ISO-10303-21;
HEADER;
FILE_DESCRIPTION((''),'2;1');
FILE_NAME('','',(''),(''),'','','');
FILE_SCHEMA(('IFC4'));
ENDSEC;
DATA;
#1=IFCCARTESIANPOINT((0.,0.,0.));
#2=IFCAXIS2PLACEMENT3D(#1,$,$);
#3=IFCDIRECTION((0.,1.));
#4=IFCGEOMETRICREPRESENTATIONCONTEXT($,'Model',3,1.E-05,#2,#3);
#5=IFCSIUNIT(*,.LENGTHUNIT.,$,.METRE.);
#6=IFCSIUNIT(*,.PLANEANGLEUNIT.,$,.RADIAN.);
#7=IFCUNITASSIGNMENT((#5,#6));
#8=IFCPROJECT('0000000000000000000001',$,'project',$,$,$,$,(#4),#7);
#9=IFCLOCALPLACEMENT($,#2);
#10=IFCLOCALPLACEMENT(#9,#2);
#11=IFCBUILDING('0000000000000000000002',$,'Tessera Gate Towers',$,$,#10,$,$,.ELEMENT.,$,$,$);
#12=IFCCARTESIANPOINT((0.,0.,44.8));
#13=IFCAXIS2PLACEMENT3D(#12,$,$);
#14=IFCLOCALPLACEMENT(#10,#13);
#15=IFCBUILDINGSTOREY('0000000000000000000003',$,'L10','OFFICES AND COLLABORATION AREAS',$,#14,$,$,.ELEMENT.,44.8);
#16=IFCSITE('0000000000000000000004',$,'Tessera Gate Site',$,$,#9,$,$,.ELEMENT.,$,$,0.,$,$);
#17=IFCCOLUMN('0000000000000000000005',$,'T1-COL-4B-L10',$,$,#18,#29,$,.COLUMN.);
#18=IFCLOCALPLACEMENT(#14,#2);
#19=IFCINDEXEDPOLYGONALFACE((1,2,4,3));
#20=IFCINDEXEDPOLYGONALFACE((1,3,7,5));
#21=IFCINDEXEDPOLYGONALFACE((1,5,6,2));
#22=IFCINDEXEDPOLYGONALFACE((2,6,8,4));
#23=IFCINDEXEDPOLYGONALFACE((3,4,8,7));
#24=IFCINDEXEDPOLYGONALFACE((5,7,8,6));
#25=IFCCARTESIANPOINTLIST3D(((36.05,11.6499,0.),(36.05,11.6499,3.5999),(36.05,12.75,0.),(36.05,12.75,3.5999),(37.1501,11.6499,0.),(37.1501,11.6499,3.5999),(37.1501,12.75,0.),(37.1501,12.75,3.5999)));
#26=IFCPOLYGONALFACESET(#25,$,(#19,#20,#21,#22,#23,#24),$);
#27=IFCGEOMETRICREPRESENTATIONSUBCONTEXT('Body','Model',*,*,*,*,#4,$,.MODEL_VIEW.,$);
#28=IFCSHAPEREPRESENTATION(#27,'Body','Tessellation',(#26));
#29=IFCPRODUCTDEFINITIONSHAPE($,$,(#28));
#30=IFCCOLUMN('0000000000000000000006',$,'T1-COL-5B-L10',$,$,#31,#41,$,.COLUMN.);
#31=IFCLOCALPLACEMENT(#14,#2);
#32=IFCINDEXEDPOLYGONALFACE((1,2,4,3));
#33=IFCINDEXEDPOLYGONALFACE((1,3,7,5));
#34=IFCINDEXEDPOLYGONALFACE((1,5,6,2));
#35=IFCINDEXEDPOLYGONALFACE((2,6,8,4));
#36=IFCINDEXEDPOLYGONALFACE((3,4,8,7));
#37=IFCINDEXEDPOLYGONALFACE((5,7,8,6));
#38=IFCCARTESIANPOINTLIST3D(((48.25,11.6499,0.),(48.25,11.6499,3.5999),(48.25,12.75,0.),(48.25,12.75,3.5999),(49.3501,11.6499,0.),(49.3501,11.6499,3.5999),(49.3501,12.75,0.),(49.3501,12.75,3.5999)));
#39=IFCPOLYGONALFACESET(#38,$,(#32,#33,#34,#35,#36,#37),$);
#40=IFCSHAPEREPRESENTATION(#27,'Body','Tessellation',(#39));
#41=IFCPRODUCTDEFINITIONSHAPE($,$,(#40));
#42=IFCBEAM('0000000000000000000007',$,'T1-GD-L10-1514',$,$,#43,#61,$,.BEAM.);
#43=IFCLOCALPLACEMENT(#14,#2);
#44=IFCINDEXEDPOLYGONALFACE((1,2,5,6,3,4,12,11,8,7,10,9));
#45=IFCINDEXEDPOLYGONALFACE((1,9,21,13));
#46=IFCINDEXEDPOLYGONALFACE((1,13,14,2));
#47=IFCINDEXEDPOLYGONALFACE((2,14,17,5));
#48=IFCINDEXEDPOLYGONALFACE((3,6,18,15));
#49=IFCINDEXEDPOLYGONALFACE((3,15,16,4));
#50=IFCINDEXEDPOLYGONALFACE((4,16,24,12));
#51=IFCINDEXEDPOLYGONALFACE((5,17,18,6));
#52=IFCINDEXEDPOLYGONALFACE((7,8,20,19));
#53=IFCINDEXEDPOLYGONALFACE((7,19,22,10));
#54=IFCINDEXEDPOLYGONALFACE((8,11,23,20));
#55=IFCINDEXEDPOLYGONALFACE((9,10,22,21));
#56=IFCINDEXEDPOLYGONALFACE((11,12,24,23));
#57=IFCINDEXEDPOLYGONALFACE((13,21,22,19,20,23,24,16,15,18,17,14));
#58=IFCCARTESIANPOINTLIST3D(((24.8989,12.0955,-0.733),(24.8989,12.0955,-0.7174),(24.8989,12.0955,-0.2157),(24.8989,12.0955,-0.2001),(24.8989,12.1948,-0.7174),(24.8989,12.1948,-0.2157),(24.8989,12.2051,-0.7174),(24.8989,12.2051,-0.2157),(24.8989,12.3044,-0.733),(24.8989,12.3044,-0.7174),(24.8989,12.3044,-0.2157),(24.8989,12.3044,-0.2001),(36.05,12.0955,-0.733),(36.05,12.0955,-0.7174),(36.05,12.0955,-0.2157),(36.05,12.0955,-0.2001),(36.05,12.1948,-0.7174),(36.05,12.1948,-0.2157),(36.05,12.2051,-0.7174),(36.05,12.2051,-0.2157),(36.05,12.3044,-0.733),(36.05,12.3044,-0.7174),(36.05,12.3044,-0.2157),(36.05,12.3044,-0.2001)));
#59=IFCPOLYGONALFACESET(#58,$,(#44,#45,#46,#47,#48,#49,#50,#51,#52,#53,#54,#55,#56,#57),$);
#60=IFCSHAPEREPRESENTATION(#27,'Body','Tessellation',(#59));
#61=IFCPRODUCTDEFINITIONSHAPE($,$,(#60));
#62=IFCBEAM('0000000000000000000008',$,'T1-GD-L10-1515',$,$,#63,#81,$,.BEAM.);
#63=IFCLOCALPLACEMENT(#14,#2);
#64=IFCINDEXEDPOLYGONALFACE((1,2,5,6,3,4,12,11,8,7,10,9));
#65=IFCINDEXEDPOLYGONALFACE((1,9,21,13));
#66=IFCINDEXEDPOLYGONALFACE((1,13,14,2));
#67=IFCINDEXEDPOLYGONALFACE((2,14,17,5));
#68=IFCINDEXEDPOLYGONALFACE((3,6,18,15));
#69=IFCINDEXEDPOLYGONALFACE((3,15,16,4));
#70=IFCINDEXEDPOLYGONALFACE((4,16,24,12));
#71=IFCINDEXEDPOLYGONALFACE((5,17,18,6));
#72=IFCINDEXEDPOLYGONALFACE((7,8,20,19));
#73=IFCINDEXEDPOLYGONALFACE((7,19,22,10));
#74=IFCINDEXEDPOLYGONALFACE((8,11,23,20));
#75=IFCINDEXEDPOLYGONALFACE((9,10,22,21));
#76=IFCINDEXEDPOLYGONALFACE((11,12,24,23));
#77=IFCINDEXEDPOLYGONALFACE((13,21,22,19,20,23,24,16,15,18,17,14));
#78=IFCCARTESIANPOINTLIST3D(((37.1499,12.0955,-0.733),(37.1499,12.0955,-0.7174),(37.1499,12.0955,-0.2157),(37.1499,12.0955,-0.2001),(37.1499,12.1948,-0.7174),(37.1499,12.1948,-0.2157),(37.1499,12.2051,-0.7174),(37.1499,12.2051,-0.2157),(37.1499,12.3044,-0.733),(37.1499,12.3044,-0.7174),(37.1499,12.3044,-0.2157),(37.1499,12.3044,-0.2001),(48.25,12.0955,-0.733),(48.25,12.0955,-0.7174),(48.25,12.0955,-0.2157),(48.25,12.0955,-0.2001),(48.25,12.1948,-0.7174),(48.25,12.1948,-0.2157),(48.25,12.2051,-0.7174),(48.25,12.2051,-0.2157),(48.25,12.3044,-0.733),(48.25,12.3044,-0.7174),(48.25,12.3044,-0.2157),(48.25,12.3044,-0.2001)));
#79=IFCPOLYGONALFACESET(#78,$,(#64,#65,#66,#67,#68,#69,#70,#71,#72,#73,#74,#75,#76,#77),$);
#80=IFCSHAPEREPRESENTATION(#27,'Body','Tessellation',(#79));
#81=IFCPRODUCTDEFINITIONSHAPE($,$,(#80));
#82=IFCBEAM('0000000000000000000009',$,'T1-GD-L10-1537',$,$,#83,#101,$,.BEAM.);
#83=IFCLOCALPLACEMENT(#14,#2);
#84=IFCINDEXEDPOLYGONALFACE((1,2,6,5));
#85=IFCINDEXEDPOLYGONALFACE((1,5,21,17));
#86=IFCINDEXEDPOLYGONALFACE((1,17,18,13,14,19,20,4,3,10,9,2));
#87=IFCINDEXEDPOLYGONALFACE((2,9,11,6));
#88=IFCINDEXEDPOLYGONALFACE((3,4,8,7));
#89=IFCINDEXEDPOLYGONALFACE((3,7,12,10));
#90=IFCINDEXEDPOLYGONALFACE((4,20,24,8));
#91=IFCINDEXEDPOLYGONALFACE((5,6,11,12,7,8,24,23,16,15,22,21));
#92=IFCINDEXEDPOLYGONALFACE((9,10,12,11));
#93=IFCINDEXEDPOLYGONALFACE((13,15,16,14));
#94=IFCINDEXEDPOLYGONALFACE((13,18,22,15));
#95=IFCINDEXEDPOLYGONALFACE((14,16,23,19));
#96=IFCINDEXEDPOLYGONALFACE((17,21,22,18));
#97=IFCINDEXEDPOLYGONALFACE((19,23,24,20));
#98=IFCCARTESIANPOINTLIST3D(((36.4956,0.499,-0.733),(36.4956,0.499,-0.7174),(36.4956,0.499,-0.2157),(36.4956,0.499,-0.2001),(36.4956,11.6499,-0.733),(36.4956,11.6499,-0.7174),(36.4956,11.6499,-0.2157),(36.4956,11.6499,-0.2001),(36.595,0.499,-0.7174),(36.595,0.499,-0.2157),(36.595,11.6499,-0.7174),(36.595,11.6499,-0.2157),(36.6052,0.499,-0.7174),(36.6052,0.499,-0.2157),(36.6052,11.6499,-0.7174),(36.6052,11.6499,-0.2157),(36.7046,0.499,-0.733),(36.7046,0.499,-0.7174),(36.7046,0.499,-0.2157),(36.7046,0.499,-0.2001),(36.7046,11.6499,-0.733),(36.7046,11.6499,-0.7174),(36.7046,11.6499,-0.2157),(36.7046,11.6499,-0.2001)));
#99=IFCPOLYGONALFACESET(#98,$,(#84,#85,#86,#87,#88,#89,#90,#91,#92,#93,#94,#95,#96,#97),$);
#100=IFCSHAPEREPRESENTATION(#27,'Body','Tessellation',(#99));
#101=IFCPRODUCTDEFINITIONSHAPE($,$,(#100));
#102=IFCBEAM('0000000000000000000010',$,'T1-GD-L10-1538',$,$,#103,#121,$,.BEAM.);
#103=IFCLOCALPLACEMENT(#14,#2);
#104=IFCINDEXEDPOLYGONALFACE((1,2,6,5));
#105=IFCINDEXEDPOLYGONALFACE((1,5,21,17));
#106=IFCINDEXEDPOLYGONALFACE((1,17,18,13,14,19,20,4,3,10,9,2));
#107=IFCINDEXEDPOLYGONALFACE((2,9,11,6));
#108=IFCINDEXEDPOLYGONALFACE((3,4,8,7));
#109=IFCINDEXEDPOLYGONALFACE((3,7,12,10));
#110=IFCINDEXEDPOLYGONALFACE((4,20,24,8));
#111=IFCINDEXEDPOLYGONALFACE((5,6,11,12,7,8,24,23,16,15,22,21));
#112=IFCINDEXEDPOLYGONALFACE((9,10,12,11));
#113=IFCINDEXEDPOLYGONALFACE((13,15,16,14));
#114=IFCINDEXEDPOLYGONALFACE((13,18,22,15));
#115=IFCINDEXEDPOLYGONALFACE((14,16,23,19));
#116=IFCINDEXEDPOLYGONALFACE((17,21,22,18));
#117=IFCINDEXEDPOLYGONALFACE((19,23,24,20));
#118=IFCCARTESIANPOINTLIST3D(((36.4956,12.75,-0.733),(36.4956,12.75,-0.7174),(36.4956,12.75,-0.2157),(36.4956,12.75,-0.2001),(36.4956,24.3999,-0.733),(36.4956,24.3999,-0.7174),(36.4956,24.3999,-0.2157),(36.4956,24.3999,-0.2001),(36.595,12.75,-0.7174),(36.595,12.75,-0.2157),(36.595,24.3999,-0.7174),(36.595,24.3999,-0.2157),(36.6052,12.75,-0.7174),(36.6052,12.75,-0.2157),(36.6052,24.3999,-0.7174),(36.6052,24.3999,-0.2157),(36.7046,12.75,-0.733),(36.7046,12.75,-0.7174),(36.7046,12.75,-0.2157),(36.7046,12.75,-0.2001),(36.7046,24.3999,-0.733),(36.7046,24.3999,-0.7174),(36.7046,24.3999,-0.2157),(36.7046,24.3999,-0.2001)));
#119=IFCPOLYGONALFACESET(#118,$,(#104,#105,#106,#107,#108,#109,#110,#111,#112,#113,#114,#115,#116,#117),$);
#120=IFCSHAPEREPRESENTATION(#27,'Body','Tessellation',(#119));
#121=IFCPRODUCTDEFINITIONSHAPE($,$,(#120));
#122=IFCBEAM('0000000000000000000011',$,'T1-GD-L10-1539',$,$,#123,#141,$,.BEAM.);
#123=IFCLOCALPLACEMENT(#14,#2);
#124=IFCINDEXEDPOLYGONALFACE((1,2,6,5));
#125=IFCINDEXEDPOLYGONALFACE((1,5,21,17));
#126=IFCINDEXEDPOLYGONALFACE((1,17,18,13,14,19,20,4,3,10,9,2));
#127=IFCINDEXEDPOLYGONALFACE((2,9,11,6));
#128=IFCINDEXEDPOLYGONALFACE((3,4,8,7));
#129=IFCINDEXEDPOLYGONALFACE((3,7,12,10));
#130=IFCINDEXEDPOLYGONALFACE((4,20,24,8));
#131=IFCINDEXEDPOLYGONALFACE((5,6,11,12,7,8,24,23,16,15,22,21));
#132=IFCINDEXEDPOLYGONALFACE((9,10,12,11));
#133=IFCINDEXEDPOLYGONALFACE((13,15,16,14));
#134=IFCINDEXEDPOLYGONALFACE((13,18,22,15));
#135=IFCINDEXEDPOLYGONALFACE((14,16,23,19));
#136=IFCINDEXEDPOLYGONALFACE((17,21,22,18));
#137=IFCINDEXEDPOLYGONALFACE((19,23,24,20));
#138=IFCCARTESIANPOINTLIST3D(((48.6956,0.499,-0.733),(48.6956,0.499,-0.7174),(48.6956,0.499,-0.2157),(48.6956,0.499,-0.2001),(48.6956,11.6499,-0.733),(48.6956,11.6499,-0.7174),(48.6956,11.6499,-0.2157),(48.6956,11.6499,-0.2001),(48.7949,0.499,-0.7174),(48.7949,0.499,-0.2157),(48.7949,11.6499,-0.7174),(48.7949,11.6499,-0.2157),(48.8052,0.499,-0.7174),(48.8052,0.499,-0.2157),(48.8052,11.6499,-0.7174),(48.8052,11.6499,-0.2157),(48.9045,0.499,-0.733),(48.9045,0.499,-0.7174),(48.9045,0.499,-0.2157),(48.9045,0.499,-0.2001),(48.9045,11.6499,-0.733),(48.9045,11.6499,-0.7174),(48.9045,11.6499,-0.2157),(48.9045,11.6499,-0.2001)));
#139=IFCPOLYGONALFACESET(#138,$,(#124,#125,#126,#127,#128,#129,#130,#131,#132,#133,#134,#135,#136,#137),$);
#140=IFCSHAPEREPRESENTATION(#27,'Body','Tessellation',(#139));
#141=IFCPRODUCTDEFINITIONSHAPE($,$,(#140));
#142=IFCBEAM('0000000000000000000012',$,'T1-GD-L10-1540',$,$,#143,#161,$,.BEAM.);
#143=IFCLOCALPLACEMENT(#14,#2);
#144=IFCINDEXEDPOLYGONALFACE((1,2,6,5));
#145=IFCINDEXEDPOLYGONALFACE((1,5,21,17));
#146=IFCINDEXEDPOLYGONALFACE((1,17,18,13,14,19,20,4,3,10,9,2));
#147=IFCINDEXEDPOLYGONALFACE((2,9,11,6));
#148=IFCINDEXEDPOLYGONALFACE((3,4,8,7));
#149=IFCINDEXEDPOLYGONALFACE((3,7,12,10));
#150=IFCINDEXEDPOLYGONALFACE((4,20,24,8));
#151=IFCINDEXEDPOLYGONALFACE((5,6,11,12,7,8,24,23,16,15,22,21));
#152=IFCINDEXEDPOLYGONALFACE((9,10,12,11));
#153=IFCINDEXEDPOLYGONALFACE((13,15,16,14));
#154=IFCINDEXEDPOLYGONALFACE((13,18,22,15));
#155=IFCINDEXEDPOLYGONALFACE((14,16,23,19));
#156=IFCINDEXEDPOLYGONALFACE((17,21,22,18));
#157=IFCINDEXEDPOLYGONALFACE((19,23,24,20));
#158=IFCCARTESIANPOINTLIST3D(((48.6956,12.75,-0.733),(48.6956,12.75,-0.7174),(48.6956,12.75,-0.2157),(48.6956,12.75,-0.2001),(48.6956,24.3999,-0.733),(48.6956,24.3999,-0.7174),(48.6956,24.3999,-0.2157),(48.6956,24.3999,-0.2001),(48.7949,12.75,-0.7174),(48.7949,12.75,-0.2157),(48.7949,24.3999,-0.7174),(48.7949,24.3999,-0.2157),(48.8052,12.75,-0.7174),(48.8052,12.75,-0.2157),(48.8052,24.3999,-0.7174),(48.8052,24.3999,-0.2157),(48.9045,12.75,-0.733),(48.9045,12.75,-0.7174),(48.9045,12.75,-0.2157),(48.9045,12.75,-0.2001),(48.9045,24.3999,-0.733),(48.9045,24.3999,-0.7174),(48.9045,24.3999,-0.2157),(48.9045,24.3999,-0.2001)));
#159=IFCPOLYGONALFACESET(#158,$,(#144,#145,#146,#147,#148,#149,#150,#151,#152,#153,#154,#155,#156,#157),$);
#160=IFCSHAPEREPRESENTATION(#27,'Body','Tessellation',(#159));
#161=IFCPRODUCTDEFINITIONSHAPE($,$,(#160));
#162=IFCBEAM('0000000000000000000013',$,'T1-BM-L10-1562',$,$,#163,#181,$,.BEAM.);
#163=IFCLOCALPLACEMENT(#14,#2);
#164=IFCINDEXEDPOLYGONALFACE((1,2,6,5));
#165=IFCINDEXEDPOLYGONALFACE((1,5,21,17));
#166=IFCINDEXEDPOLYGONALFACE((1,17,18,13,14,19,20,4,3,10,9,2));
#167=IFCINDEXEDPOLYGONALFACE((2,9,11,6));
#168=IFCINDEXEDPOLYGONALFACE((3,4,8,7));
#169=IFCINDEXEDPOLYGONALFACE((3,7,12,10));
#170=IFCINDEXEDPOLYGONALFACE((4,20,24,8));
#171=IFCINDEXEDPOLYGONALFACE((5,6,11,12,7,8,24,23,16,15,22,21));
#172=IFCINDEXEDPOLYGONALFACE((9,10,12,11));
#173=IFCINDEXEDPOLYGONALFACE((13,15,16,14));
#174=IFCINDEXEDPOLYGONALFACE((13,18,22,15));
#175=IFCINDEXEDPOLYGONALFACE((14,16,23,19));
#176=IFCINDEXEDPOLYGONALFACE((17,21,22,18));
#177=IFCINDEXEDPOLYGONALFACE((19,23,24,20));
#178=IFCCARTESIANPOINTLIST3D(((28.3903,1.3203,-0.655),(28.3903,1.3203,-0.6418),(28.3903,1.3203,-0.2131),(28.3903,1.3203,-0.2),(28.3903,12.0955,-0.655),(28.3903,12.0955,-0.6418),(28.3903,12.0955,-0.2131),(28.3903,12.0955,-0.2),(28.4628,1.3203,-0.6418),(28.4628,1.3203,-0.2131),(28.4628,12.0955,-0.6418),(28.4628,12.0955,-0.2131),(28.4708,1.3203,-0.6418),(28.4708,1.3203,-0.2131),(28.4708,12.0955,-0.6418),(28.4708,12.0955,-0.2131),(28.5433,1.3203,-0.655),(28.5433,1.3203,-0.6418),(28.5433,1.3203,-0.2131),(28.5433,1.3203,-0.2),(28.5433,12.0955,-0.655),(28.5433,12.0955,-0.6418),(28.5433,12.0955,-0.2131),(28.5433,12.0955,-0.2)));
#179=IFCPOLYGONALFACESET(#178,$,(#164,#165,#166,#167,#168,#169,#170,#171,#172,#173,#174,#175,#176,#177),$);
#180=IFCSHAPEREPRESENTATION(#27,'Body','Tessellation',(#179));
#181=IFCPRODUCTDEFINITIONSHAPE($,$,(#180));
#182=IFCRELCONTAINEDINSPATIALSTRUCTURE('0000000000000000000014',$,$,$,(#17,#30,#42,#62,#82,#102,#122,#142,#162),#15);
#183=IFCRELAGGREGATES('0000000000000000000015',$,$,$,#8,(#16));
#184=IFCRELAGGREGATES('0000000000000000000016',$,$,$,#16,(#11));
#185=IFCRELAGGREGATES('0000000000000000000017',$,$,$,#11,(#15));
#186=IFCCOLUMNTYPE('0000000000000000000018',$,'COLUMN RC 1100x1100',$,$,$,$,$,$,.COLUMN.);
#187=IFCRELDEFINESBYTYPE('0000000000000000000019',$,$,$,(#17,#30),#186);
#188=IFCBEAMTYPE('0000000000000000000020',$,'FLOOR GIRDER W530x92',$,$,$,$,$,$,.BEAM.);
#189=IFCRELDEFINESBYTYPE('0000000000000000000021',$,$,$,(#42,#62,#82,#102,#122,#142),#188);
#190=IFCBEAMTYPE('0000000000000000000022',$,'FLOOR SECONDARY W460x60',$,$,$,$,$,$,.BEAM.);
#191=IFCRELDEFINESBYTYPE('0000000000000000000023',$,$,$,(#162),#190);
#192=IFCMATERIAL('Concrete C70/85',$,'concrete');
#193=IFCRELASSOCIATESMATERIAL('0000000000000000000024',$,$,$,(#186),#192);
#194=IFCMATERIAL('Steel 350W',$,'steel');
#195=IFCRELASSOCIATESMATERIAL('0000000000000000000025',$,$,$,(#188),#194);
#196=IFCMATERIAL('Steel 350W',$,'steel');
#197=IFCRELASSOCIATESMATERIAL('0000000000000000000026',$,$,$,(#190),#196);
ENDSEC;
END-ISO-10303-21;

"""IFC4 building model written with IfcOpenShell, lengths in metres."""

from ifc_helpers import new_model, si_unit, direction, frame, origin, origin_2d, place, context, subcontext, project, spatial, rectangle, i_section, extrude, material, material_profile, profile_set, type_object, element, save


model = new_model("IFC4")

# Units and contexts
model_context = context("Model", 3, precision=1e-05, world=origin(), true_north=direction((0.0, 1.0)))
body_context = subcontext(model_context, "Body", "Model", "MODEL_VIEW")
ifc_project = project(units=[si_unit("LENGTHUNIT", "METRE"), si_unit("PLANEANGLEUNIT", "RADIAN")], contexts=[model_context])

# Site, building, storey
site_placement = place(None, origin())
site = spatial("IfcSite", under=ifc_project, at=site_placement, Name="Tessera Gate Site", CompositionType="ELEMENT", RefElevation=0.0)
building_placement = place(site_placement, origin())
building = spatial("IfcBuilding", under=site, at=building_placement, Name="Tessera Gate Towers", CompositionType="ELEMENT")
storey_placement = place(building_placement, frame((0.0, 0.0, 44.8)))
storey = spatial("IfcBuildingStorey", under=building, at=storey_placement, Name="L10", Description="OFFICES AND COLLABORATION AREAS", CompositionType="ELEMENT", Elevation=44.8)

# Columns
ifc_material_1 = material(Name="Concrete C70/85", Category="concrete")
ifc_material_profile_1 = material_profile(ifc_material_1, rectangle(XDim=1.1001, YDim=1.1001, at=origin_2d()), Name="RC 1100x1100")
ifc_profile_set_1 = profile_set([ifc_material_profile_1], Name="Concrete C70/85")
column_type = type_object("IfcColumnType", Name="COLUMN RC 1100x1100", PredefinedType="COLUMN", material=ifc_profile_set_1)
for number, where, z_axis, x_axis, name in (
    (1, (36.6001, 12.2, 0.0), (0.0, 0.0, 1.0), (1.0, 0.0, 0.0), "T1-COL-4B-L10"),
    (2, (48.8, 12.2, 0.0), (0.0, 0.0, 1.0), (1.0, 0.0, 0.0), "T1-COL-5B-L10"),
):
    element("IfcColumn", number, at=place(storey_placement, frame(where, z_axis=z_axis, x_axis=x_axis)), inside=storey, type_object=column_type, Name=name, PredefinedType="COLUMN", context=body_context, shape_type="SweptSolid", body=[
        extrude(rectangle(XDim=1.1001, YDim=1.1001, at=origin_2d()), origin(), (0.0, 0.0, 1.0), 3.5999),
    ])

# Beams
ifc_material_2 = material(Name="Steel 350W", Category="steel")
ifc_material_profile_2 = material_profile(ifc_material_2, i_section(OverallWidth=0.209, OverallDepth=0.533, WebThickness=0.0103, FlangeThickness=0.0156, at=origin_2d()), Name="W530x92")
ifc_profile_set_2 = profile_set([ifc_material_profile_2], Name="Steel 350W")
beam_type_1 = type_object("IfcBeamType", Name="FLOOR GIRDER W530x92", PredefinedType="BEAM", material=ifc_profile_set_2)
beam_1_placement = place(storey_placement, frame((24.8989, 12.2, -0.4666), z_axis=(1.0, 0.0, 0.0), x_axis=(0.0, 1.0, 0.0)))
element("IfcBeam", 3, at=beam_1_placement, inside=storey, type_object=beam_type_1, Name="T1-GD-L10-1514", PredefinedType="BEAM", context=body_context, shape_type="SweptSolid", body=[
    extrude(i_section(OverallWidth=0.209, OverallDepth=0.533, WebThickness=0.0103, FlangeThickness=0.0156, at=origin_2d()), origin(), (0.0, 0.0, 1.0), 11.1511),
])
beam_2_placement = place(storey_placement, frame((37.1499, 12.2, -0.4666), z_axis=(1.0, 0.0, 0.0), x_axis=(0.0, 1.0, 0.0)))
element("IfcBeam", 4, at=beam_2_placement, inside=storey, type_object=beam_type_1, Name="T1-GD-L10-1515", PredefinedType="BEAM", context=body_context, shape_type="SweptSolid", body=[
    extrude(i_section(OverallWidth=0.209, OverallDepth=0.533, WebThickness=0.0103, FlangeThickness=0.0156, at=origin_2d()), origin(), (0.0, 0.0, 1.0), 11.1001),
])
beam_3_placement = place(storey_placement, frame((36.6001, 0.499, -0.4666), z_axis=(0.0, 1.0, 0.0), x_axis=(-1.0, 0.0, 0.0)))
element("IfcBeam", 5, at=beam_3_placement, inside=storey, type_object=beam_type_1, Name="T1-GD-L10-1537", PredefinedType="BEAM", context=body_context, shape_type="SweptSolid", body=[
    extrude(i_section(OverallWidth=0.209, OverallDepth=0.533, WebThickness=0.0103, FlangeThickness=0.0156, at=origin_2d()), origin(), (0.0, 0.0, 1.0), 11.1509),
])
beam_4_placement = place(storey_placement, frame((36.6001, 12.75, -0.4666), z_axis=(0.0, 1.0, 0.0), x_axis=(-1.0, 0.0, 0.0)))
element("IfcBeam", 6, at=beam_4_placement, inside=storey, type_object=beam_type_1, Name="T1-GD-L10-1538", PredefinedType="BEAM", context=body_context, shape_type="SweptSolid", body=[
    extrude(i_section(OverallWidth=0.209, OverallDepth=0.533, WebThickness=0.0103, FlangeThickness=0.0156, at=origin_2d()), origin(), (0.0, 0.0, 1.0), 11.6499),
])
beam_5_placement = place(storey_placement, frame((48.8, 0.499, -0.4666), z_axis=(0.0, 1.0, 0.0), x_axis=(-1.0, 0.0, 0.0)))
element("IfcBeam", 7, at=beam_5_placement, inside=storey, type_object=beam_type_1, Name="T1-GD-L10-1539", PredefinedType="BEAM", context=body_context, shape_type="SweptSolid", body=[
    extrude(i_section(OverallWidth=0.209, OverallDepth=0.533, WebThickness=0.0103, FlangeThickness=0.0156, at=origin_2d()), origin(), (0.0, 0.0, 1.0), 11.1509),
])
beam_6_placement = place(storey_placement, frame((48.8, 12.75, -0.4666), z_axis=(0.0, 1.0, 0.0), x_axis=(-1.0, 0.0, 0.0)))
element("IfcBeam", 8, at=beam_6_placement, inside=storey, type_object=beam_type_1, Name="T1-GD-L10-1540", PredefinedType="BEAM", context=body_context, shape_type="SweptSolid", body=[
    extrude(i_section(OverallWidth=0.209, OverallDepth=0.533, WebThickness=0.0103, FlangeThickness=0.0156, at=origin_2d()), origin(), (0.0, 0.0, 1.0), 11.6499),
])
ifc_material_3 = material(Name="Steel 350W", Category="steel")
ifc_material_profile_3 = material_profile(ifc_material_3, i_section(OverallWidth=0.1531, OverallDepth=0.4551, WebThickness=0.0081, FlangeThickness=0.0132, at=origin_2d()), Name="W460x60")
ifc_profile_set_3 = profile_set([ifc_material_profile_3], Name="Steel 350W")
beam_type_2 = type_object("IfcBeamType", Name="FLOOR SECONDARY W460x60", PredefinedType="BEAM", material=ifc_profile_set_3)
beam_7_placement = place(storey_placement, frame((28.4668, 1.3203, -0.4275), z_axis=(0.0, 1.0, 0.0), x_axis=(-1.0, 0.0, 0.0)))
element("IfcBeam", 9, at=beam_7_placement, inside=storey, type_object=beam_type_2, Name="T1-BM-L10-1562", PredefinedType="BEAM", context=body_context, shape_type="SweptSolid", body=[
    extrude(i_section(OverallWidth=0.1531, OverallDepth=0.4551, WebThickness=0.0081, FlangeThickness=0.0132, at=origin_2d()), origin(), (0.0, 0.0, 1.0), 10.7751),
])

save(model, "model.ifc")
